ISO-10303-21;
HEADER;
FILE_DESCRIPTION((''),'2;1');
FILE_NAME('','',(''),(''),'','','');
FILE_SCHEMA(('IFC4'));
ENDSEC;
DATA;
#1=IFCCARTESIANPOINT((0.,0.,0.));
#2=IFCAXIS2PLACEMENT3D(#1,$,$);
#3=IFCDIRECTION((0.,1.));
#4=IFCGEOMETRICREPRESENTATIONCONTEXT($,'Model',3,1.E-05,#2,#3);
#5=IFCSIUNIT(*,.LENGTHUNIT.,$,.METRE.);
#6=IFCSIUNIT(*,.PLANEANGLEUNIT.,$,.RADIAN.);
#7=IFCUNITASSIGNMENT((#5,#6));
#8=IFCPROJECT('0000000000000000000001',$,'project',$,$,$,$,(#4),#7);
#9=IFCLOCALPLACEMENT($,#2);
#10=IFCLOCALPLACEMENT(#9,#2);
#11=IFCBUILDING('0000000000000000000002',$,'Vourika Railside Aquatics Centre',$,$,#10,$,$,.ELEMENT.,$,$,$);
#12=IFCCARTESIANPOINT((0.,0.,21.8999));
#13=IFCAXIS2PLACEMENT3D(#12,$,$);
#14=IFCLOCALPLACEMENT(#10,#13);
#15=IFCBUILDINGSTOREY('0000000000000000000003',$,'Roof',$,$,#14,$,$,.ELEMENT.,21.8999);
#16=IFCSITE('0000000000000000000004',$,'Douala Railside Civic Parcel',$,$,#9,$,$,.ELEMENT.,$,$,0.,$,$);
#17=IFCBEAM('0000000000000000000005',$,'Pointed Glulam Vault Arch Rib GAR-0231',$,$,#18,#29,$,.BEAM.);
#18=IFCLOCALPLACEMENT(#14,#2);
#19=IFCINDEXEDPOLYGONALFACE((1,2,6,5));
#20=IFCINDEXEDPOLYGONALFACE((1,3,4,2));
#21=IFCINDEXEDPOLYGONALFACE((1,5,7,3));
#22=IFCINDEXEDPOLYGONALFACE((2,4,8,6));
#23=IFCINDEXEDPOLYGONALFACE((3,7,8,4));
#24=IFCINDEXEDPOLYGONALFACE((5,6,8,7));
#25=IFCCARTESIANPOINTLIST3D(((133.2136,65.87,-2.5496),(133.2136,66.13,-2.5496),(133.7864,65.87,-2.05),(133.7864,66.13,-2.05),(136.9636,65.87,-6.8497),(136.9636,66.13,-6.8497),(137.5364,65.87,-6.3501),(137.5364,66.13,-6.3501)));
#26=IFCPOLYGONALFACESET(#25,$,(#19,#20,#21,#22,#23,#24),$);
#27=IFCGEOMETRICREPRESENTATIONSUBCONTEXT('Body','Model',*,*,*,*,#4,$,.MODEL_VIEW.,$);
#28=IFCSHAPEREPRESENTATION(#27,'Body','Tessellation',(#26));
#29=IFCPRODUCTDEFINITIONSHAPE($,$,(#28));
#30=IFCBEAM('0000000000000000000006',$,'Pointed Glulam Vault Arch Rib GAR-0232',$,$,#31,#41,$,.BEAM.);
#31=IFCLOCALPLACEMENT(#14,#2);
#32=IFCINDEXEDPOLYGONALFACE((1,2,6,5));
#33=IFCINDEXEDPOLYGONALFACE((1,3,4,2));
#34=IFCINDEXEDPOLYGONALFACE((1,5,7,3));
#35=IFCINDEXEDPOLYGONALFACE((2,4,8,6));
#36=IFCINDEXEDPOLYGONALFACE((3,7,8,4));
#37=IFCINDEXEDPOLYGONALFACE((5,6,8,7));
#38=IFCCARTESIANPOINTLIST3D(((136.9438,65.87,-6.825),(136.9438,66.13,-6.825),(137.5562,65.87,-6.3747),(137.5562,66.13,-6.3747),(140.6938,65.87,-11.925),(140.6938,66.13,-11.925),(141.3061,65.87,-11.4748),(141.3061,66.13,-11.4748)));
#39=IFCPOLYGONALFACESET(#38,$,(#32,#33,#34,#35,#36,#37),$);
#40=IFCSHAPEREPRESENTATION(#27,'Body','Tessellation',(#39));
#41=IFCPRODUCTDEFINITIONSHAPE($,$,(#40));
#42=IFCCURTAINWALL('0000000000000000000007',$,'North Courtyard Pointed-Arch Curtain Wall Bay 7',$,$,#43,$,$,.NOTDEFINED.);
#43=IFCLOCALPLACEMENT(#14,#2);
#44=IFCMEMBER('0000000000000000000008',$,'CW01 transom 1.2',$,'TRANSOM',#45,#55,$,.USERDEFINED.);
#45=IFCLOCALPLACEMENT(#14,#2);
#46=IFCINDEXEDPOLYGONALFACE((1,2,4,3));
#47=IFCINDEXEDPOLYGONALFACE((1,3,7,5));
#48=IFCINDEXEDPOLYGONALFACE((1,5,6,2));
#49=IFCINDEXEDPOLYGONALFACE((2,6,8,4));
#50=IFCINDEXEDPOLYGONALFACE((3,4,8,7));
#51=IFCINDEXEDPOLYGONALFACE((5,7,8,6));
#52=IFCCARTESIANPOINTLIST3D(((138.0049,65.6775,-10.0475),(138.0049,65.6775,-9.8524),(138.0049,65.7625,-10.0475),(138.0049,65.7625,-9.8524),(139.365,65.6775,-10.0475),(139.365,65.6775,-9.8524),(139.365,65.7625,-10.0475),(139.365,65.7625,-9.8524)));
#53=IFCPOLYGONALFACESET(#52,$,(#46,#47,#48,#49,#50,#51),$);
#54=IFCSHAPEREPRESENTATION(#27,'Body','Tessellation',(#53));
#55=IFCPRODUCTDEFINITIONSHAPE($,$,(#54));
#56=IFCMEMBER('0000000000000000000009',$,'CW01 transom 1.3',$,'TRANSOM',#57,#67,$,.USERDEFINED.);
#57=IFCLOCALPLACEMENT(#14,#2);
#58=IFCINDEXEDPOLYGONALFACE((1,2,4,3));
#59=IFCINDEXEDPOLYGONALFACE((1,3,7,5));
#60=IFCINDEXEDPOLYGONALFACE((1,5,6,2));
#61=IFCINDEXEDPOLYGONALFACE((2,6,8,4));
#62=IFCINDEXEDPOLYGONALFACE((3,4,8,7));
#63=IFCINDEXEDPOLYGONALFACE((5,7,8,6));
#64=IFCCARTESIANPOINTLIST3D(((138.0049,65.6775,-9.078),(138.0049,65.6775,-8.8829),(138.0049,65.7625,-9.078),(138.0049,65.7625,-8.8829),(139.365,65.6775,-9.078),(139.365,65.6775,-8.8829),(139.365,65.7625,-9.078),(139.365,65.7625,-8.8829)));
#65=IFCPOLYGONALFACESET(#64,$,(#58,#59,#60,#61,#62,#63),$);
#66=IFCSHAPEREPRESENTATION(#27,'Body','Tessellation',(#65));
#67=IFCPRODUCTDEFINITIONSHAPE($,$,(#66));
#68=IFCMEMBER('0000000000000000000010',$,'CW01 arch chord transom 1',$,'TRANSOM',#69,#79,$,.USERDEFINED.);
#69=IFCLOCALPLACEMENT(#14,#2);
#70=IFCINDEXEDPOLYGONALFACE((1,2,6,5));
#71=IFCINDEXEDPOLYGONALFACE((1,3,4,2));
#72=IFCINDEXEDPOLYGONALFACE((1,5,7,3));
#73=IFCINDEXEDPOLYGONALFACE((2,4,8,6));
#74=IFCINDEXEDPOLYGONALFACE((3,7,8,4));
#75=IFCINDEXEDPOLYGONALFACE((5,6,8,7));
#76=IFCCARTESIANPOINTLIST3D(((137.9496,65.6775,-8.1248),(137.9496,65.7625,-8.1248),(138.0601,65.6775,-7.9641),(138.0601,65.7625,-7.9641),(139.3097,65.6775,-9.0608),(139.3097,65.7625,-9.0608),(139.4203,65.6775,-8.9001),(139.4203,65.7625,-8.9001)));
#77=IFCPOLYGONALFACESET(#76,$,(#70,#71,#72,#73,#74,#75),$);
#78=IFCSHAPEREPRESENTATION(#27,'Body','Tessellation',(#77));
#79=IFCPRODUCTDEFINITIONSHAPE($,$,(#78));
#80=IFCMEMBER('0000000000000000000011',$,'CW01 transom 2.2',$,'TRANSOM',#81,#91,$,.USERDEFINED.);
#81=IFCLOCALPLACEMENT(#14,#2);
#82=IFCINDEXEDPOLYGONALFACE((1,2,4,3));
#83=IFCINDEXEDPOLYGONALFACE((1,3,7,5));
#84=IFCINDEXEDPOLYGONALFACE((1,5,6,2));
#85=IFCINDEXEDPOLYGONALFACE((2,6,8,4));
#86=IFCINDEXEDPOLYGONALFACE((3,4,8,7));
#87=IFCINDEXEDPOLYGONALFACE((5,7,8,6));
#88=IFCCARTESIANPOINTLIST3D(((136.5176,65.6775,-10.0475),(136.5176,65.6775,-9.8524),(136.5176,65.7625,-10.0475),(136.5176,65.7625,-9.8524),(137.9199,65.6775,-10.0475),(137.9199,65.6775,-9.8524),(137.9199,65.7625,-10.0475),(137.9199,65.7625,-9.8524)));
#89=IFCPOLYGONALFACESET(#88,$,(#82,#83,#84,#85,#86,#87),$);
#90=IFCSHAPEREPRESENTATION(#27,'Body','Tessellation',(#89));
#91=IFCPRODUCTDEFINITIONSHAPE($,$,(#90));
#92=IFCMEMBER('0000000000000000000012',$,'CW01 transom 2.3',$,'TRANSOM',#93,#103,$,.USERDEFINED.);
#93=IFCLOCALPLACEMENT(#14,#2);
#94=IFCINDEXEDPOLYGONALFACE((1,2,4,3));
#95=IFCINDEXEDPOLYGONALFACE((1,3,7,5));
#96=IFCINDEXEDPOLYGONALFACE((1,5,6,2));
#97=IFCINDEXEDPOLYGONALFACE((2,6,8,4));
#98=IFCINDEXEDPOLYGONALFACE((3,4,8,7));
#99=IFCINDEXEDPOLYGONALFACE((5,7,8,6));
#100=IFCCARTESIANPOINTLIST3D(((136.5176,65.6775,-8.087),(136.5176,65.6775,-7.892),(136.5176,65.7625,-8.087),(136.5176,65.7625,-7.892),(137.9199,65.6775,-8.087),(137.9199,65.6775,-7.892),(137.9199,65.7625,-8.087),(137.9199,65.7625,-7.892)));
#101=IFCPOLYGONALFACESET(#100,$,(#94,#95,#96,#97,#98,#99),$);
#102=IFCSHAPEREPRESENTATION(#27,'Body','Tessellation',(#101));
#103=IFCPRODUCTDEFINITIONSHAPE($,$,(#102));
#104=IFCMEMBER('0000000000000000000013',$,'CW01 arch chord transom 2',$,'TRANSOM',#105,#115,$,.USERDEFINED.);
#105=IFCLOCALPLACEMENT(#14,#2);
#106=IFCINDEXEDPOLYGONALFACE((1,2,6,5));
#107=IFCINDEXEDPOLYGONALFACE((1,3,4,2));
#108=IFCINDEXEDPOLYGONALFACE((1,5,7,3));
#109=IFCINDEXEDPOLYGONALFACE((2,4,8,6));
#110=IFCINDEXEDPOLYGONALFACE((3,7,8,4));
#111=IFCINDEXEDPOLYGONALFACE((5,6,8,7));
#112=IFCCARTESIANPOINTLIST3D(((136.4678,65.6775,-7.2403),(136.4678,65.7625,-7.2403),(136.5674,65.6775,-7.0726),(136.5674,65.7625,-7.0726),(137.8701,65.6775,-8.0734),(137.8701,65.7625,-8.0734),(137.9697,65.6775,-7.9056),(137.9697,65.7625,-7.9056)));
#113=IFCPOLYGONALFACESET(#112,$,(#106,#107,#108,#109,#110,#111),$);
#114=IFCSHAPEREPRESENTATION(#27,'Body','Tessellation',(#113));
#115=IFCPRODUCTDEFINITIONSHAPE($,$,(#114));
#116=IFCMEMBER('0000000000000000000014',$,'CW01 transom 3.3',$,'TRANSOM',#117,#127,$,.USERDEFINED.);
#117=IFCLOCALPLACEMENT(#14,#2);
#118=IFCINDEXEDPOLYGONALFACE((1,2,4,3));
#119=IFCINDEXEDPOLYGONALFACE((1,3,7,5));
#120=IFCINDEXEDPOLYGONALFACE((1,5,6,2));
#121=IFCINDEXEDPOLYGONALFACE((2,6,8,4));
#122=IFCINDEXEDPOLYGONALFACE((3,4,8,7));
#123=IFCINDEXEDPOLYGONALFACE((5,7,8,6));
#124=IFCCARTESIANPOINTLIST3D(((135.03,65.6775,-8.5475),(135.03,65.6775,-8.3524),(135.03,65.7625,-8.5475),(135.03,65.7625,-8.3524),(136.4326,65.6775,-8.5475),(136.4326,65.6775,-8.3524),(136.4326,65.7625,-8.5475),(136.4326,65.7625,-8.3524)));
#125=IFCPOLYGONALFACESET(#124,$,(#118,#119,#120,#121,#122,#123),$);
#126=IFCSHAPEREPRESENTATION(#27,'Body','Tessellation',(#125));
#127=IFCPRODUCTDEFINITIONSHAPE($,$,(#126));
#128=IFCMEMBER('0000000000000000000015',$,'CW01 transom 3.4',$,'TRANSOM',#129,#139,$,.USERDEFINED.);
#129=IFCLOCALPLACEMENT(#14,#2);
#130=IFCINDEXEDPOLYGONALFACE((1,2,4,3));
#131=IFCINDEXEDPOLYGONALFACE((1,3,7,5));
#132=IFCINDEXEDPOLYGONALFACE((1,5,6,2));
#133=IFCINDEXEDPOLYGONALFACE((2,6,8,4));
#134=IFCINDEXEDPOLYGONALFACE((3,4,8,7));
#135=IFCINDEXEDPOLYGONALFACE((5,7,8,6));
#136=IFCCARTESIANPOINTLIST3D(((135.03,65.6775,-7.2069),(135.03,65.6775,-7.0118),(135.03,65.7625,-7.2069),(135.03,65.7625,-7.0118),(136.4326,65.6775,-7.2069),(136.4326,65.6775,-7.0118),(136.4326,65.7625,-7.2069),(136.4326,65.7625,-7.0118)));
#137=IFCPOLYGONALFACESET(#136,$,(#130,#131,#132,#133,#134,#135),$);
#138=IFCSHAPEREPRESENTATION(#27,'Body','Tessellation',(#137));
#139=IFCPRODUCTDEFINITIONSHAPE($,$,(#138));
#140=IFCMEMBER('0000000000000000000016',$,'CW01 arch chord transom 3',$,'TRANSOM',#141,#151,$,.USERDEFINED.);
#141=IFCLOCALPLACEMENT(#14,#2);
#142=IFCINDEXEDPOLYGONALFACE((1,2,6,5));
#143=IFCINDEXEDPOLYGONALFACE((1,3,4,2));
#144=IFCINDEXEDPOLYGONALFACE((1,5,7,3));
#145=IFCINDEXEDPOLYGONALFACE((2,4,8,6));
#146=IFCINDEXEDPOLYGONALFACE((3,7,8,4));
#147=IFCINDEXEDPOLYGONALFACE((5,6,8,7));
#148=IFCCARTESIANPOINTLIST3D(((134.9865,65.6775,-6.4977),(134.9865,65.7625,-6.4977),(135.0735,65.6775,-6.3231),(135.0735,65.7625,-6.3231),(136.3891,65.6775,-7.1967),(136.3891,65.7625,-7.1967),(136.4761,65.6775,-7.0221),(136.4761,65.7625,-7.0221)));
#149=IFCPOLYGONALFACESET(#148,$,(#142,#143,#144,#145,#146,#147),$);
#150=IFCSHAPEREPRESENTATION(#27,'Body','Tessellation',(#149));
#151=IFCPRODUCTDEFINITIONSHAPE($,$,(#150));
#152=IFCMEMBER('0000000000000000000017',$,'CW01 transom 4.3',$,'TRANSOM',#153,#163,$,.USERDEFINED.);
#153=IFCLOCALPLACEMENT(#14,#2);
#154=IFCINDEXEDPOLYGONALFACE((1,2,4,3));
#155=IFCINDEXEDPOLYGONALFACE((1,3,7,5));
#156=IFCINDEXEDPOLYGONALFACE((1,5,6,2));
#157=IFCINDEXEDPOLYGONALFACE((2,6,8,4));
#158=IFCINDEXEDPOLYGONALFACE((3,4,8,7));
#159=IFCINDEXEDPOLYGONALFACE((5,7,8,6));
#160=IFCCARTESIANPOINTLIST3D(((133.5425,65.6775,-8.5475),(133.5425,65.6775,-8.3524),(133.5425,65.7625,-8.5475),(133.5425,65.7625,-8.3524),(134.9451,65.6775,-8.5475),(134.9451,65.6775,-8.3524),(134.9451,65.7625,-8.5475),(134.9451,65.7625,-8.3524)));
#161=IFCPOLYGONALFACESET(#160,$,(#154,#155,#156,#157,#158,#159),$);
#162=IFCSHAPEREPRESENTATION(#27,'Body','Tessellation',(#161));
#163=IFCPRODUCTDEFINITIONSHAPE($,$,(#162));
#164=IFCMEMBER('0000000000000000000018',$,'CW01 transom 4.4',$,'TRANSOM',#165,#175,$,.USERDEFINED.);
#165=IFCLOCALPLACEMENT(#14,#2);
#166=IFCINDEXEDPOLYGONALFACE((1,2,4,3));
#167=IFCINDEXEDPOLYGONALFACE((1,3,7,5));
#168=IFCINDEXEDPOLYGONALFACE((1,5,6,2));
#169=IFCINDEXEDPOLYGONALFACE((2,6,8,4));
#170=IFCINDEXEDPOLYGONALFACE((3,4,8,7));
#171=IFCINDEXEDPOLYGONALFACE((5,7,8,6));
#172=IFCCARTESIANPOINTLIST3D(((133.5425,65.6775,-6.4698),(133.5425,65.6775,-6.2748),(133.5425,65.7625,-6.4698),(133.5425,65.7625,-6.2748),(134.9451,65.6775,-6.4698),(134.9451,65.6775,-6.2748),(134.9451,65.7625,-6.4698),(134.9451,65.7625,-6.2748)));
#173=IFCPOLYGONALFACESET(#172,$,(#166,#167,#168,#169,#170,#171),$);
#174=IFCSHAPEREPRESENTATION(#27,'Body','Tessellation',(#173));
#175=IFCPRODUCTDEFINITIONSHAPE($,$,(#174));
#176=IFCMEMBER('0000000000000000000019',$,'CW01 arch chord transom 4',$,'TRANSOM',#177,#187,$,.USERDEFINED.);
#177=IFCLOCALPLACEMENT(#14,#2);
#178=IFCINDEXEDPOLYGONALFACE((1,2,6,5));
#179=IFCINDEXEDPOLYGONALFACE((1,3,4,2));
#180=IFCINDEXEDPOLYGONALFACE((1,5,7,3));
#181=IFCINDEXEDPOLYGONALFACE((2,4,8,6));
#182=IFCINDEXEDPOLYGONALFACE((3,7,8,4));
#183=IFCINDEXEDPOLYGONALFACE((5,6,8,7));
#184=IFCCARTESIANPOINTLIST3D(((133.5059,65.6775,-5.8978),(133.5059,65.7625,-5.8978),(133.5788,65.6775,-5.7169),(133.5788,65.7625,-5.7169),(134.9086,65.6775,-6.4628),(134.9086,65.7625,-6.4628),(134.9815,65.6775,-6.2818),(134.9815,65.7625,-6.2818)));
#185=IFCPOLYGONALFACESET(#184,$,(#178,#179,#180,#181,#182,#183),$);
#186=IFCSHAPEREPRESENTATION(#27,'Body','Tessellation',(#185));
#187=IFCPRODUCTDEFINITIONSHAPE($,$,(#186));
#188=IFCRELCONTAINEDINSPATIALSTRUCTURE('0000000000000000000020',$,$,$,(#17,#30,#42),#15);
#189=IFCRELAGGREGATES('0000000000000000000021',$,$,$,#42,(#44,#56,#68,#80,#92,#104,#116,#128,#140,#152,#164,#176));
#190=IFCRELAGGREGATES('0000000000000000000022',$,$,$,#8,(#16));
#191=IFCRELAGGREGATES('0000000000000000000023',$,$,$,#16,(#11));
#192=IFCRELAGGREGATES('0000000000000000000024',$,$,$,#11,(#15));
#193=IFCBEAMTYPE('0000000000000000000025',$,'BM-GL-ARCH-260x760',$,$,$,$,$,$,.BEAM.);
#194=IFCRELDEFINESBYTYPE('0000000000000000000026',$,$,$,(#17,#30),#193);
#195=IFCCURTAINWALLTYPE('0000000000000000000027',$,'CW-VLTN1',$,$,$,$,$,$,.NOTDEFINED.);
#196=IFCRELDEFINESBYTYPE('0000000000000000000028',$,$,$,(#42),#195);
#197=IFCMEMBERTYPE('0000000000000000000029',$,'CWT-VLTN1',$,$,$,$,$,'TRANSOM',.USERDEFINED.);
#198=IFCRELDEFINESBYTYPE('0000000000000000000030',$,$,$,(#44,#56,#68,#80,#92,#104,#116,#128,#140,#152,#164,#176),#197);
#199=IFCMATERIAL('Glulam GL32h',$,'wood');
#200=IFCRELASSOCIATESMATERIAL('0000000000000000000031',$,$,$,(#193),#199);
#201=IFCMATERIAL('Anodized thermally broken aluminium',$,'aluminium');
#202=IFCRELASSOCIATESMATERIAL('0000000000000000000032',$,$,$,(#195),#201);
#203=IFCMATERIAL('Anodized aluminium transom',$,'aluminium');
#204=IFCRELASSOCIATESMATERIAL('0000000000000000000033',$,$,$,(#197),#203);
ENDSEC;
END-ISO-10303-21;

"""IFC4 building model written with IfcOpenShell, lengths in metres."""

from ifc_helpers import new_model, si_unit, direction, frame, origin, origin_2d, place, context, subcontext, project, spatial, rectangle, extrude, material, material_profile, profile_set, type_object, element, aggregate, save


model = new_model("IFC4")

# Units and contexts
model_context = context("Model", 3, precision=1e-05, world=origin(), true_north=direction((0.0, 1.0)))
body_context = subcontext(model_context, "Body", "Model", "MODEL_VIEW")
ifc_project = project(units=[si_unit("LENGTHUNIT", "METRE"), si_unit("PLANEANGLEUNIT", "RADIAN")], contexts=[model_context])

# Site, building, storey
site_placement = place(None, origin())
site = spatial("IfcSite", under=ifc_project, at=site_placement, Name="Douala Railside Civic Parcel", CompositionType="ELEMENT", RefElevation=0.0)
building_placement = place(site_placement, origin())
building = spatial("IfcBuilding", under=site, at=building_placement, Name="Vourika Railside Aquatics Centre", CompositionType="ELEMENT")
storey_placement = place(building_placement, frame((0.0, 0.0, 21.8999)))
storey = spatial("IfcBuildingStorey", under=building, at=storey_placement, Name="Roof", CompositionType="ELEMENT", Elevation=21.8999)

# Beams
ifc_material_1 = material(Name="Glulam GL32h", Category="wood")
ifc_material_profile_1 = material_profile(ifc_material_1, rectangle(XDim=0.26, YDim=0.76, at=origin_2d()), Name="GL32h 260x760")
ifc_profile_set_1 = profile_set([ifc_material_profile_1], Name="Glulam GL32h")
beam_type = type_object("IfcBeamType", Name="BM-GL-ARCH-260x760", PredefinedType="BEAM", material=ifc_profile_set_1)
beam_1_placement = place(storey_placement, frame((133.5, 66.0, -2.2998), z_axis=(0.657259, 0.0, -0.753665), x_axis=(0.0, 1.0, 0.0)))
element("IfcBeam", 1, at=beam_1_placement, inside=storey, type_object=beam_type, Name="Pointed Glulam Vault Arch Rib GAR-0231", PredefinedType="BEAM", context=body_context, shape_type="SweptSolid", body=[
    extrude(rectangle(XDim=0.26, YDim=0.76, at=origin_2d()), origin(), (0.0, 0.0, 1.0), 5.7056),
])
beam_2_placement = place(storey_placement, frame((137.25, 66.0, -6.5999), z_axis=(0.592383, 0.0, -0.805656), x_axis=(0.0, 1.0, 0.0)))
element("IfcBeam", 2, at=beam_2_placement, inside=storey, type_object=beam_type, Name="Pointed Glulam Vault Arch Rib GAR-0232", PredefinedType="BEAM", context=body_context, shape_type="SweptSolid", body=[
    extrude(rectangle(XDim=0.26, YDim=0.76, at=origin_2d()), origin(), (0.0, 0.0, 1.0), 6.3303),
])

# Curtain wall, members
ifc_material_2 = material(Name="Anodized thermally broken aluminium", Category="aluminium")
curtain_wall_type = type_object("IfcCurtainWallType", Name="CW-VLTN1", PredefinedType="NOTDEFINED", material=ifc_material_2)
curtain_wall_placement = place(storey_placement, origin())
curtain_wall = element("IfcCurtainWall", 3, at=curtain_wall_placement, inside=storey, type_object=curtain_wall_type, Name="North Courtyard Pointed-Arch Curtain Wall Bay 7", PredefinedType="NOTDEFINED")
ifc_material_3 = material(Name="Anodized aluminium transom", Category="aluminium")
ifc_material_profile_2 = material_profile(ifc_material_3, rectangle(XDim=0.085, YDim=0.1951, at=origin_2d()), Name="ALU-T 85x195")
ifc_profile_set_2 = profile_set([ifc_material_profile_2], Name="Anodized aluminium transom")
member_type = type_object("IfcMemberType", Name="CWT-VLTN1", ElementType="TRANSOM", PredefinedType="USERDEFINED", material=ifc_profile_set_2)
member_1_placement = place(storey_placement, frame((139.365, 65.72, -9.95), z_axis=(-1.0, 0.0, 0.0), x_axis=(0.0, -1.0, 0.0)))
member_1 = element("IfcMember", 4, at=member_1_placement, type_object=member_type, Name="CW01 transom 1.2", ObjectType="TRANSOM", PredefinedType="USERDEFINED", context=body_context, shape_type="SweptSolid", body=[
    extrude(rectangle(XDim=0.085, YDim=0.1951, at=origin_2d()), origin(), (0.0, 0.0, 1.0), 1.3601),
])
member_2_placement = place(storey_placement, frame((139.365, 65.72, -8.9805), z_axis=(-1.0, 0.0, 0.0), x_axis=(0.0, -1.0, 0.0)))
member_2 = element("IfcMember", 5, at=member_2_placement, type_object=member_type, Name="CW01 transom 1.3", ObjectType="TRANSOM", PredefinedType="USERDEFINED", context=body_context, shape_type="SweptSolid", body=[
    extrude(rectangle(XDim=0.085, YDim=0.1951, at=origin_2d()), origin(), (0.0, 0.0, 1.0), 1.3601),
])
member_3_placement = place(storey_placement, frame((139.365, 65.72, -8.9805), z_axis=(-0.82377, 0.0, 0.566924), x_axis=(0.0, -1.0, 0.0)))
member_3 = element("IfcMember", 6, at=member_3_placement, type_object=member_type, Name="CW01 arch chord transom 1", ObjectType="TRANSOM", PredefinedType="USERDEFINED", context=body_context, shape_type="SweptSolid", body=[
    extrude(rectangle(XDim=0.085, YDim=0.1951, at=origin_2d()), origin(), (0.0, 0.0, 1.0), 1.6511),
])
member_4_placement = place(storey_placement, frame((137.9199, 65.72, -9.95), z_axis=(-1.0, 0.0, 0.0), x_axis=(0.0, -1.0, 0.0)))
member_4 = element("IfcMember", 7, at=member_4_placement, type_object=member_type, Name="CW01 transom 2.2", ObjectType="TRANSOM", PredefinedType="USERDEFINED", context=body_context, shape_type="SweptSolid", body=[
    extrude(rectangle(XDim=0.085, YDim=0.1951, at=origin_2d()), origin(), (0.0, 0.0, 1.0), 1.4023),
])
member_5_placement = place(storey_placement, frame((137.9199, 65.72, -7.9895), z_axis=(-1.0, 0.0, 0.0), x_axis=(0.0, -1.0, 0.0)))
member_5 = element("IfcMember", 8, at=member_5_placement, type_object=member_type, Name="CW01 transom 2.3", ObjectType="TRANSOM", PredefinedType="USERDEFINED", context=body_context, shape_type="SweptSolid", body=[
    extrude(rectangle(XDim=0.085, YDim=0.1951, at=origin_2d()), origin(), (0.0, 0.0, 1.0), 1.4023),
])
member_6_placement = place(storey_placement, frame((137.9199, 65.72, -7.9895), z_axis=(-0.859756, 0.0, 0.510705), x_axis=(0.0, -1.0, 0.0)))
member_6 = element("IfcMember", 9, at=member_6_placement, type_object=member_type, Name="CW01 arch chord transom 2", ObjectType="TRANSOM", PredefinedType="USERDEFINED", context=body_context, shape_type="SweptSolid", body=[
    extrude(rectangle(XDim=0.085, YDim=0.1951, at=origin_2d()), origin(), (0.0, 0.0, 1.0), 1.6311),
])
member_7_placement = place(storey_placement, frame((136.4326, 65.72, -8.45), z_axis=(-1.0, 0.0, 0.0), x_axis=(0.0, -1.0, 0.0)))
member_7 = element("IfcMember", 10, at=member_7_placement, type_object=member_type, Name="CW01 transom 3.3", ObjectType="TRANSOM", PredefinedType="USERDEFINED", context=body_context, shape_type="SweptSolid", body=[
    extrude(rectangle(XDim=0.085, YDim=0.1951, at=origin_2d()), origin(), (0.0, 0.0, 1.0), 1.4026),
])
member_8_placement = place(storey_placement, frame((136.4326, 65.72, -7.1094), z_axis=(-1.0, 0.0, 0.0), x_axis=(0.0, -1.0, 0.0)))
member_8 = element("IfcMember", 11, at=member_8_placement, type_object=member_type, Name="CW01 transom 3.4", ObjectType="TRANSOM", PredefinedType="USERDEFINED", context=body_context, shape_type="SweptSolid", body=[
    extrude(rectangle(XDim=0.085, YDim=0.1951, at=origin_2d()), origin(), (0.0, 0.0, 1.0), 1.4026),
])
member_9_placement = place(storey_placement, frame((136.4326, 65.72, -7.1094), z_axis=(-0.895018, 0.0, 0.446029), x_axis=(0.0, -1.0, 0.0)))
member_9 = element("IfcMember", 12, at=member_9_placement, type_object=member_type, Name="CW01 arch chord transom 3", ObjectType="TRANSOM", PredefinedType="USERDEFINED", context=body_context, shape_type="SweptSolid", body=[
    extrude(rectangle(XDim=0.085, YDim=0.1951, at=origin_2d()), origin(), (0.0, 0.0, 1.0), 1.5671),
])
member_10_placement = place(storey_placement, frame((134.9451, 65.72, -8.45), z_axis=(-1.0, 0.0, 0.0), x_axis=(0.0, -1.0, 0.0)))
member_10 = element("IfcMember", 13, at=member_10_placement, type_object=member_type, Name="CW01 transom 4.3", ObjectType="TRANSOM", PredefinedType="USERDEFINED", context=body_context, shape_type="SweptSolid", body=[
    extrude(rectangle(XDim=0.085, YDim=0.1951, at=origin_2d()), origin(), (0.0, 0.0, 1.0), 1.4026),
])
member_11_placement = place(storey_placement, frame((134.9451, 65.72, -6.3723), z_axis=(-1.0, 0.0, 0.0), x_axis=(0.0, -1.0, 0.0)))
member_11 = element("IfcMember", 14, at=member_11_placement, type_object=member_type, Name="CW01 transom 4.4", ObjectType="TRANSOM", PredefinedType="USERDEFINED", context=body_context, shape_type="SweptSolid", body=[
    extrude(rectangle(XDim=0.085, YDim=0.1951, at=origin_2d()), origin(), (0.0, 0.0, 1.0), 1.4026),
])
member_12_placement = place(storey_placement, frame((134.9451, 65.72, -6.3723), z_axis=(-0.927583, 0.0, 0.373617), x_axis=(0.0, -1.0, 0.0)))
member_12 = element("IfcMember", 15, at=member_12_placement, type_object=member_type, Name="CW01 arch chord transom 4", ObjectType="TRANSOM", PredefinedType="USERDEFINED", context=body_context, shape_type="SweptSolid", body=[
    extrude(rectangle(XDim=0.085, YDim=0.1951, at=origin_2d()), origin(), (0.0, 0.0, 1.0), 1.5122),
])
aggregate(curtain_wall, [member_1, member_2, member_3, member_4, member_5, member_6, member_7, member_8, member_9, member_10, member_11, member_12])

save(model, "model.ifc")
